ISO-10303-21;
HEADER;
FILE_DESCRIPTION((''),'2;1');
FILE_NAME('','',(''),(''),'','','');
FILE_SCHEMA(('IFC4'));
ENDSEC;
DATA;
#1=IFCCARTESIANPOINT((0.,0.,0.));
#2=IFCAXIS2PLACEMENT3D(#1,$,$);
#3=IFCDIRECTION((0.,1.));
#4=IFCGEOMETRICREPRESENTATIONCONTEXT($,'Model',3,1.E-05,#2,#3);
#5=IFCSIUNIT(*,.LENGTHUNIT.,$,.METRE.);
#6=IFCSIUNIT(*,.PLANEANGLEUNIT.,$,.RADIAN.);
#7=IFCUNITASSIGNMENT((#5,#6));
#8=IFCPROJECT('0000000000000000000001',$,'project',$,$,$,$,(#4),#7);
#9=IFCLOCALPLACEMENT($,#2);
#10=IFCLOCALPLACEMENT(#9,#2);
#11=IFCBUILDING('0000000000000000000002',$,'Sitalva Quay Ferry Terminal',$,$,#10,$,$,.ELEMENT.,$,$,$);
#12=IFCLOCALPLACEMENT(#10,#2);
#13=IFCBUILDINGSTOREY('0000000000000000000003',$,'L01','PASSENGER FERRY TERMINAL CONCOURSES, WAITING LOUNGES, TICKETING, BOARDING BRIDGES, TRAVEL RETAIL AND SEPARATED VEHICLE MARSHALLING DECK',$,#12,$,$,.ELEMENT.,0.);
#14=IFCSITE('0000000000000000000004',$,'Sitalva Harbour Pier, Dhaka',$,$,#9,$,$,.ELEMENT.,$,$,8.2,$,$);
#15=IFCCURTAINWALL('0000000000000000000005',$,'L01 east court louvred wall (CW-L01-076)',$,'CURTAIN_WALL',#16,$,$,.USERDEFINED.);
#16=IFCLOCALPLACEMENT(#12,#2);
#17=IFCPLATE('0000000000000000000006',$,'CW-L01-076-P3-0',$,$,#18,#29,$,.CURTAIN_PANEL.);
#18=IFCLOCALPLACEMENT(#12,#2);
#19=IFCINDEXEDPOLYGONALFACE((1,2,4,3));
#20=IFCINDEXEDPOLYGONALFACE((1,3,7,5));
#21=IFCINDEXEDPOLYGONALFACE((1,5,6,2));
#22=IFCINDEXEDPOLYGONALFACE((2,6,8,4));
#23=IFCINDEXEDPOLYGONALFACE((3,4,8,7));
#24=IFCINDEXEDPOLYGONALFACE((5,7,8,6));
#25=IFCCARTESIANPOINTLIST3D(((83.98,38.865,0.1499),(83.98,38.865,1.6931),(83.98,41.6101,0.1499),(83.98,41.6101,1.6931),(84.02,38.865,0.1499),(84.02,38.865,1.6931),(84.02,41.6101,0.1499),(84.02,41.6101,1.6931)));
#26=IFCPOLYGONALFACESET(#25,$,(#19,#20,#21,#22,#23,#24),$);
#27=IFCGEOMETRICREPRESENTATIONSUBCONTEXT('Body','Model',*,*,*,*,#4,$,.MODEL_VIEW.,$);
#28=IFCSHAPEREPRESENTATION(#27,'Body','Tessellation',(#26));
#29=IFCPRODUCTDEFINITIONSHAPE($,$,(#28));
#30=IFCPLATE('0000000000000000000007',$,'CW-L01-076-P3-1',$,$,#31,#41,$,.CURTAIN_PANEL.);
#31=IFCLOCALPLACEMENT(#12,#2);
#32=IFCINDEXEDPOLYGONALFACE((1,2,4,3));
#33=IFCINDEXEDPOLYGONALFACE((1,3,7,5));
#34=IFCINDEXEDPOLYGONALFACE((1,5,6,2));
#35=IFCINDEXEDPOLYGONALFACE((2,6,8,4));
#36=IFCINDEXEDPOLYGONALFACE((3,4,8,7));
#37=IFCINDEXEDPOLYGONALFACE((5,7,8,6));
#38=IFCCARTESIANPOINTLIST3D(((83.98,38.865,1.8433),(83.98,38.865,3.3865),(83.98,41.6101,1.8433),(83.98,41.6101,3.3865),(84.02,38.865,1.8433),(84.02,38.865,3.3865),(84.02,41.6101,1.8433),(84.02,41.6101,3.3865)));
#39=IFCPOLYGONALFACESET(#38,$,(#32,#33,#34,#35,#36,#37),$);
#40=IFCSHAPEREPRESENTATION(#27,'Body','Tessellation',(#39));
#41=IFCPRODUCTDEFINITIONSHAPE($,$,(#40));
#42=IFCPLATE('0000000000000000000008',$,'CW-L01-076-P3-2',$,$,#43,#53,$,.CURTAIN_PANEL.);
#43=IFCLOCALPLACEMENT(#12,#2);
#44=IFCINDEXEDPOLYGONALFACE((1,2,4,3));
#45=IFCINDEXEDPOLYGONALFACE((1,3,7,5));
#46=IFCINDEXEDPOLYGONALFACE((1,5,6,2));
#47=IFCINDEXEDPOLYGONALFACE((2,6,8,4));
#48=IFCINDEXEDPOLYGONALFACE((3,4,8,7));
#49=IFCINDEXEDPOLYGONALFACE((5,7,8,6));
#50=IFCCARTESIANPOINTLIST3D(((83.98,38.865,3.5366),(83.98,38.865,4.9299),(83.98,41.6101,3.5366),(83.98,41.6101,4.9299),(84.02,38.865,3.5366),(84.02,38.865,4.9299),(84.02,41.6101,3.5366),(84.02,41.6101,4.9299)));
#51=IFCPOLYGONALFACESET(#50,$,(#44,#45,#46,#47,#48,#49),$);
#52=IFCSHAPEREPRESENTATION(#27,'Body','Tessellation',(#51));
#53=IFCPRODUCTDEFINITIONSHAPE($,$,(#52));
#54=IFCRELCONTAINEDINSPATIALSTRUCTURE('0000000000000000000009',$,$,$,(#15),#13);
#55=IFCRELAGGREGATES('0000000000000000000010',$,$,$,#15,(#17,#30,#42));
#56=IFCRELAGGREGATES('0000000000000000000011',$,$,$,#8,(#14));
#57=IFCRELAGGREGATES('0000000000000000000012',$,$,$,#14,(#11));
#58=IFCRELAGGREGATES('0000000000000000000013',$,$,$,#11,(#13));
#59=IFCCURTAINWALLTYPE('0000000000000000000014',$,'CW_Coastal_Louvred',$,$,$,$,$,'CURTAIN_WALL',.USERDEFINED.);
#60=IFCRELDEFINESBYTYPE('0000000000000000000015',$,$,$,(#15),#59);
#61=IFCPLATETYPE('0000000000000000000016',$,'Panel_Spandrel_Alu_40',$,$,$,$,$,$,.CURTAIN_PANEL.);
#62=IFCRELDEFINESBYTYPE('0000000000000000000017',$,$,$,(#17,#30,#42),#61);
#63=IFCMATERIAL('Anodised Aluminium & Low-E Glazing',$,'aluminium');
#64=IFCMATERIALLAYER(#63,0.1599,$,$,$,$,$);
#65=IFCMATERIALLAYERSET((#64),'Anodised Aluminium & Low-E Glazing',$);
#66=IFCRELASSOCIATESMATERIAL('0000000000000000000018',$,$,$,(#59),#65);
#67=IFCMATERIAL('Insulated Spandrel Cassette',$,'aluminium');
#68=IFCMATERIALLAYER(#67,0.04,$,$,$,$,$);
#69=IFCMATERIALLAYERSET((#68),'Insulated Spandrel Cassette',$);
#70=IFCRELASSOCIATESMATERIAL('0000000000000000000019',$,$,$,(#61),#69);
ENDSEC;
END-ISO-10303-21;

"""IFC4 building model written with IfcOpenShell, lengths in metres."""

from ifc_helpers import new_model, si_unit, direction, frame, origin, origin_2d, place, context, subcontext, project, spatial, rectangle, extrude, material, layer, layer_set, type_object, element, aggregate, save


model = new_model("IFC4")

# Units and contexts
model_context = context("Model", 3, precision=1e-05, world=origin(), true_north=direction((0.0, 1.0)))
body_context = subcontext(model_context, "Body", "Model", "MODEL_VIEW")
ifc_project = project(units=[si_unit("LENGTHUNIT", "METRE"), si_unit("PLANEANGLEUNIT", "RADIAN")], contexts=[model_context])

# Site, building, storey
site_placement = place(None, origin())
site = spatial("IfcSite", under=ifc_project, at=site_placement, Name="Sitalva Harbour Pier, Dhaka", CompositionType="ELEMENT", RefElevation=8.2)
building_placement = place(site_placement, origin())
building = spatial("IfcBuilding", under=site, at=building_placement, Name="Sitalva Quay Ferry Terminal", CompositionType="ELEMENT")
storey_placement = place(building_placement, origin())
storey = spatial("IfcBuildingStorey", under=building, at=storey_placement, Name="L01", Description="PASSENGER FERRY TERMINAL CONCOURSES, WAITING LOUNGES, TICKETING, BOARDING BRIDGES, TRAVEL RETAIL AND SEPARATED VEHICLE MARSHALLING DECK", CompositionType="ELEMENT", Elevation=0.0)

# Curtain wall
ifc_material_1 = material(Name="Anodised Aluminium & Low-E Glazing", Category="aluminium")
ifc_layer_1 = layer(ifc_material_1, 0.1599)
ifc_layer_set_1 = layer_set([ifc_layer_1], Name="Anodised Aluminium & Low-E Glazing")
curtain_wall_type = type_object("IfcCurtainWallType", Name="CW_Coastal_Louvred", ElementType="CURTAIN_WALL", PredefinedType="USERDEFINED", material=ifc_layer_set_1)
curtain_wall_placement = place(storey_placement, origin())
curtain_wall = element("IfcCurtainWall", 1, at=curtain_wall_placement, inside=storey, type_object=curtain_wall_type, Name="L01 east court louvred wall (CW-L01-076)", ObjectType="CURTAIN_WALL", PredefinedType="USERDEFINED")

# Plates
ifc_material_2 = material(Name="Insulated Spandrel Cassette", Category="aluminium")
ifc_layer_2 = layer(ifc_material_2, 0.04)
ifc_layer_set_2 = layer_set([ifc_layer_2], Name="Insulated Spandrel Cassette")
plate_type = type_object("IfcPlateType", Name="Panel_Spandrel_Alu_40", PredefinedType="CURTAIN_PANEL", material=ifc_layer_set_2)
plate_1_placement = place(storey_placement, frame((84.0, 40.2375, 0.1499), z_axis=(0.0, 0.0, 1.0), x_axis=(0.0, 1.0, 0.0)))
plate_1 = element("IfcPlate", 2, at=plate_1_placement, type_object=plate_type, Name="CW-L01-076-P3-0", PredefinedType="CURTAIN_PANEL", context=body_context, shape_type="SweptSolid", body=[
    extrude(rectangle(XDim=2.7451, YDim=0.04, at=origin_2d()), origin(), (0.0, 0.0, 1.0), 1.5432),
])
plate_2_placement = place(storey_placement, frame((84.0, 40.2375, 1.8433), z_axis=(0.0, 0.0, 1.0), x_axis=(0.0, 1.0, 0.0)))
plate_2 = element("IfcPlate", 3, at=plate_2_placement, type_object=plate_type, Name="CW-L01-076-P3-1", PredefinedType="CURTAIN_PANEL", context=body_context, shape_type="SweptSolid", body=[
    extrude(rectangle(XDim=2.7451, YDim=0.04, at=origin_2d()), origin(), (0.0, 0.0, 1.0), 1.5432),
])
plate_3_placement = place(storey_placement, frame((84.0, 40.2375, 3.5366), z_axis=(0.0, 0.0, 1.0), x_axis=(0.0, 1.0, 0.0)))
plate_3 = element("IfcPlate", 4, at=plate_3_placement, type_object=plate_type, Name="CW-L01-076-P3-2", PredefinedType="CURTAIN_PANEL", context=body_context, shape_type="SweptSolid", body=[
    extrude(rectangle(XDim=2.7451, YDim=0.04, at=origin_2d()), origin(), (0.0, 0.0, 1.0), 1.3933),
])
aggregate(curtain_wall, [plate_1, plate_2, plate_3])

save(model, "model.ifc")
